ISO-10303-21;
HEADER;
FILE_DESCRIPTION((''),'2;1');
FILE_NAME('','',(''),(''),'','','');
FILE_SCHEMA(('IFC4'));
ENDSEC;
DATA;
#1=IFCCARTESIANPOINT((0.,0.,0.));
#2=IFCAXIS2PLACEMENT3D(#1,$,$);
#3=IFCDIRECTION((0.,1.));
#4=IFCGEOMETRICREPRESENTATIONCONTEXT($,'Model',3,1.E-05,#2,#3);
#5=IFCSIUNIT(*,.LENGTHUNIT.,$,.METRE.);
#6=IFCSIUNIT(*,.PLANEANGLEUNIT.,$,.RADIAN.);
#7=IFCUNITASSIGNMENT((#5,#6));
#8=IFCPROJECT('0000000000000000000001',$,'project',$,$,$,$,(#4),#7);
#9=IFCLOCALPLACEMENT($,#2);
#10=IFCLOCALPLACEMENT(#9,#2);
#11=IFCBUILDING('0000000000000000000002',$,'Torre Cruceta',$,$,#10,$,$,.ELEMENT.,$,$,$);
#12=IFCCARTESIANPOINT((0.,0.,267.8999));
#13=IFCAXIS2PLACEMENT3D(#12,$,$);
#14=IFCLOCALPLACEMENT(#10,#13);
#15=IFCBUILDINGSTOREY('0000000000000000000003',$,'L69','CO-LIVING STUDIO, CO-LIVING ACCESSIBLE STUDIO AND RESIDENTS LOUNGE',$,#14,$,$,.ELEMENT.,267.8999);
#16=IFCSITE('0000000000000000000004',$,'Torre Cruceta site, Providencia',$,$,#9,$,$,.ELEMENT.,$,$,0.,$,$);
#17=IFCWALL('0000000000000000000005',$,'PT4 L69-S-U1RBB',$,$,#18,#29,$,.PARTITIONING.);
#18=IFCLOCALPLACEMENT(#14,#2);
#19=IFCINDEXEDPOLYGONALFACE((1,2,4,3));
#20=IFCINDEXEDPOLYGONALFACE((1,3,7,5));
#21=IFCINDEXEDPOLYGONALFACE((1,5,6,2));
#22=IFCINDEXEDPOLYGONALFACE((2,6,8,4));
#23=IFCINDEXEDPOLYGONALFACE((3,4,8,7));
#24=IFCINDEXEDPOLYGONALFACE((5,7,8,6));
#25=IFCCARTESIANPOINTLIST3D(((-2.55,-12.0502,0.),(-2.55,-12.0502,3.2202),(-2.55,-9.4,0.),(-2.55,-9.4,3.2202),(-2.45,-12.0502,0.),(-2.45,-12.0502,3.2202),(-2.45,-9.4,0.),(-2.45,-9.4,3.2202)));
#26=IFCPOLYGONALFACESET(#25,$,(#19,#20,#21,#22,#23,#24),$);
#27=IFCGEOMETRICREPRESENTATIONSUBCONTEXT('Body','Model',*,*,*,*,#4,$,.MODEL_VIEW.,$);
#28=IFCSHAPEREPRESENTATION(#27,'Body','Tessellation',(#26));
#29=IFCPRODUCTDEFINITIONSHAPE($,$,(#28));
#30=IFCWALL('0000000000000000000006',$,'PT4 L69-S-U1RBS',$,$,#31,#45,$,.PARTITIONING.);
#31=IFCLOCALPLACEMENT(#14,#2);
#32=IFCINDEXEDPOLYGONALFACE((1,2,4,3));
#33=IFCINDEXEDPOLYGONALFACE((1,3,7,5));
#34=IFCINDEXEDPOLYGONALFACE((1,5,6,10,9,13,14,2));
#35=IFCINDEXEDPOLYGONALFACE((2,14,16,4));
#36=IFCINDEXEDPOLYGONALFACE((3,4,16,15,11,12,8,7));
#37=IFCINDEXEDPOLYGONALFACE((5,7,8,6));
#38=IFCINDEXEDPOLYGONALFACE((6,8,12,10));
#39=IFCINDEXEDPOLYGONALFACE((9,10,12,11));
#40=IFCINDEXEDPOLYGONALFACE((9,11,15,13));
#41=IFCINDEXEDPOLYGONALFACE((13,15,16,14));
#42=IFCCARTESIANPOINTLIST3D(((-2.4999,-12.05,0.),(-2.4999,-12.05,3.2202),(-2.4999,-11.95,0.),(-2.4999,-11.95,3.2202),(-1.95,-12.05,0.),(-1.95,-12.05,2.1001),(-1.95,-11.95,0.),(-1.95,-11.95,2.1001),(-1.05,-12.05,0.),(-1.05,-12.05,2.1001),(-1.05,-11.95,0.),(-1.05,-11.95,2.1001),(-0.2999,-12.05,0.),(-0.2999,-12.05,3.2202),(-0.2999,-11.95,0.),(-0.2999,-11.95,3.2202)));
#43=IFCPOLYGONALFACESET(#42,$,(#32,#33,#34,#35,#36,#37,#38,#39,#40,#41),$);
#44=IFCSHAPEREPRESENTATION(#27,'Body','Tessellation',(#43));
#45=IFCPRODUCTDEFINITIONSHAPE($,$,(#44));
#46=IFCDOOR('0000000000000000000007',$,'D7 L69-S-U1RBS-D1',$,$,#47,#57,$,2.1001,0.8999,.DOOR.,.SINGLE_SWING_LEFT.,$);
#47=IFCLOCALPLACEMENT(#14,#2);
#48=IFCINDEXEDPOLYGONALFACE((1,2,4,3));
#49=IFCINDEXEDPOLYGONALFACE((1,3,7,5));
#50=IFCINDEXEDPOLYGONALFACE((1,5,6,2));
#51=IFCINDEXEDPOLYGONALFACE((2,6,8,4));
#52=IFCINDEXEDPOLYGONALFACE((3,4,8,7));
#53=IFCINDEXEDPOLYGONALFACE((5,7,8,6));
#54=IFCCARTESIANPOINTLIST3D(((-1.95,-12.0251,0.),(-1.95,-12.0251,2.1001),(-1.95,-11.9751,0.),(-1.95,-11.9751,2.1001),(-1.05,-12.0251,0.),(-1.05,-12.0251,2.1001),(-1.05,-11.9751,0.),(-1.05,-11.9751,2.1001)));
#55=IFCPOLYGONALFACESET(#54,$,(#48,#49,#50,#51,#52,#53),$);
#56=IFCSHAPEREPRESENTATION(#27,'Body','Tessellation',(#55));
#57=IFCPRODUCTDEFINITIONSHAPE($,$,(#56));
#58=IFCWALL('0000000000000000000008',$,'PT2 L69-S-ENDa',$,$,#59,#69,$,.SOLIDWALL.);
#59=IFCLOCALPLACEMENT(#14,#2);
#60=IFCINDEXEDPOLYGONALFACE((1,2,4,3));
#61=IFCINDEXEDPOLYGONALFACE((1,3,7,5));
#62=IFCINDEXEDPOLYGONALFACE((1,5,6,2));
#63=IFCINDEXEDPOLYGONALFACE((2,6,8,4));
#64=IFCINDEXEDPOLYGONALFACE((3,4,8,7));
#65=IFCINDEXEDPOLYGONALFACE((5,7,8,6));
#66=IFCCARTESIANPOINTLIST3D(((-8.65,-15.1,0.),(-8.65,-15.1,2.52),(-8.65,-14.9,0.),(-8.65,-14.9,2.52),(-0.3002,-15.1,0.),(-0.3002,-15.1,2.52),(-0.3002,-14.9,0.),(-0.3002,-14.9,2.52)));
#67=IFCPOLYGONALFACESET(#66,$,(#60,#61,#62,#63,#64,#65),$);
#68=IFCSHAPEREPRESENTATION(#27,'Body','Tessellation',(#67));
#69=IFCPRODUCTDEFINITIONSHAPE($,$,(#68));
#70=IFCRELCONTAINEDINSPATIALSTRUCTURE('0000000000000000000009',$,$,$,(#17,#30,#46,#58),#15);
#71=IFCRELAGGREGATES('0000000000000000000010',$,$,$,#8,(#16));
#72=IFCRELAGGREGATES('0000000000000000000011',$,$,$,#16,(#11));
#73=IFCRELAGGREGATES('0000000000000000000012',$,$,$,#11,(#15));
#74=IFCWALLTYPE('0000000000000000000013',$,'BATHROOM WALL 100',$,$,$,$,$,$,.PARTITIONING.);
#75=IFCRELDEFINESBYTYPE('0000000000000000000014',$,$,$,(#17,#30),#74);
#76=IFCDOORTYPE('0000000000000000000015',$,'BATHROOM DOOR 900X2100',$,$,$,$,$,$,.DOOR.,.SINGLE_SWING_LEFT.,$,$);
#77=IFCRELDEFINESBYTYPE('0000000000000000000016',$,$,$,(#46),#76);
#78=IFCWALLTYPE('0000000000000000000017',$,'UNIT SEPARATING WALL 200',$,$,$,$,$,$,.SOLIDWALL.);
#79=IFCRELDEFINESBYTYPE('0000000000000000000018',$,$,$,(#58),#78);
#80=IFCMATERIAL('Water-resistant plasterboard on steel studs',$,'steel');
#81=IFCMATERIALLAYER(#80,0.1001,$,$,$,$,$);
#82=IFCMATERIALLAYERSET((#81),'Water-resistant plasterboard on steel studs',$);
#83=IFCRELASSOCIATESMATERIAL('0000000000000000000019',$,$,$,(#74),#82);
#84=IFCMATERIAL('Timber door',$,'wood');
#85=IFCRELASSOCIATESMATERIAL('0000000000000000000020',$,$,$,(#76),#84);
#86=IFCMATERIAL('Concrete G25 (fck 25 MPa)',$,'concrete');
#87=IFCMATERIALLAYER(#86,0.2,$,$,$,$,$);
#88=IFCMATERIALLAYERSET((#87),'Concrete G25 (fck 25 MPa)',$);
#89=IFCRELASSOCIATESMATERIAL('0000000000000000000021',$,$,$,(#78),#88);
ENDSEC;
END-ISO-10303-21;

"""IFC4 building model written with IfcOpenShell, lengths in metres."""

from ifc_helpers import new_model, si_unit, direction, frame, frame_2d, origin, place, context, subcontext, project, spatial, rectangle, extrude, material, layer, layer_set, type_object, element, fill, save


model = new_model("IFC4")

# Units and contexts
model_context = context("Model", 3, precision=1e-05, world=origin(), true_north=direction((0.0, 1.0)))
body_context = subcontext(model_context, "Body", "Model", "MODEL_VIEW")
ifc_project = project(units=[si_unit("LENGTHUNIT", "METRE"), si_unit("PLANEANGLEUNIT", "RADIAN")], contexts=[model_context])

# Site, building, storey
site_placement = place(None, origin())
site = spatial("IfcSite", under=ifc_project, at=site_placement, Name="Torre Cruceta site, Providencia", CompositionType="ELEMENT", RefElevation=0.0)
building_placement = place(site_placement, origin())
building = spatial("IfcBuilding", under=site, at=building_placement, Name="Torre Cruceta", CompositionType="ELEMENT")
storey_placement = place(building_placement, frame((0.0, 0.0, 267.8999)))
storey = spatial("IfcBuildingStorey", under=building, at=storey_placement, Name="L69", Description="CO-LIVING STUDIO, CO-LIVING ACCESSIBLE STUDIO AND RESIDENTS LOUNGE", CompositionType="ELEMENT", Elevation=267.8999)

# Wall
ifc_material_1 = material(Name="Water-resistant plasterboard on steel studs", Category="steel")
ifc_layer_1 = layer(ifc_material_1, 0.1001)
ifc_layer_set_1 = layer_set([ifc_layer_1], Name="Water-resistant plasterboard on steel studs")
wall_type_1 = type_object("IfcWallType", Name="BATHROOM WALL 100", PredefinedType="PARTITIONING", material=ifc_layer_set_1)
wall_1_placement = place(storey_placement, frame((-2.5, -9.3999, 0.0), z_axis=(0.0, 0.0, 1.0), x_axis=(0.0, -1.0, 0.0)))
element("IfcWall", 1, at=wall_1_placement, inside=storey, type_object=wall_type_1, Name="PT4 L69-S-U1RBB", PredefinedType="PARTITIONING", context=body_context, shape_type="SweptSolid", body=[
    extrude(rectangle(XDim=2.6501, YDim=0.1001, at=frame_2d((1.3252, 0.0))), origin(), (0.0, 0.0, 1.0), 3.2202),
])

# Wall, opening, door
wall_2_placement = place(storey_placement, frame((-2.5, -12.0, 0.0), z_axis=(0.0, 0.0, 1.0), x_axis=(1.0, 0.0, 0.0)))
wall_2 = element("IfcWall", 2, at=wall_2_placement, inside=storey, type_object=wall_type_1, Name="PT4 L69-S-U1RBS", PredefinedType="PARTITIONING", context=body_context, shape_type="SweptSolid", body=[
    extrude(rectangle(XDim=2.2, YDim=0.1001, at=frame_2d((1.1001, 0.0))), origin(), (0.0, 0.0, 1.0), 3.2202),
])
opening_placement = place(wall_2_placement, frame((0.55, 0.0, 0.0)))
opening = element("IfcOpeningElement", 3, at=opening_placement, cuts=wall_2, PredefinedType="OPENING", context=body_context, shape_type="SweptSolid", body=[
    extrude(rectangle(XDim=0.8999, YDim=2.1001, at=frame_2d((0.45, 1.05))), frame((0.0, 0.0601, 0.0), z_axis=(0.0, -1.0, 0.0), x_axis=(1.0, 0.0, 0.0)), (0.0, 0.0, 1.0), 0.1201),
])
ifc_material_2 = material(Name="Timber door", Category="wood")
door_type = type_object("IfcDoorType", Name="BATHROOM DOOR 900X2100", OperationType="SINGLE_SWING_LEFT", PredefinedType="DOOR", material=ifc_material_2)
door_placement = place(opening_placement, origin())
door = element("IfcDoor", 4, at=door_placement, inside=storey, type_object=door_type, Name="D7 L69-S-U1RBS-D1", OperationType="SINGLE_SWING_LEFT", OverallHeight=2.1001, OverallWidth=0.8999, PredefinedType="DOOR", context=body_context, shape_type="SweptSolid", body=[
    extrude(rectangle(XDim=0.8999, YDim=2.1001, at=frame_2d((0.45, 1.05))), frame((0.0, 0.0249, 0.0), z_axis=(0.0, -1.0, 0.0), x_axis=(1.0, 0.0, 0.0)), (0.0, 0.0, 1.0), 0.05),
])
fill(opening, door)

# Wall
ifc_material_3 = material(Name="Concrete G25 (fck 25 MPa)", Category="concrete")
ifc_layer_2 = layer(ifc_material_3, 0.2)
ifc_layer_set_2 = layer_set([ifc_layer_2], Name="Concrete G25 (fck 25 MPa)")
wall_type_2 = type_object("IfcWallType", Name="UNIT SEPARATING WALL 200", PredefinedType="SOLIDWALL", material=ifc_layer_set_2)
wall_3_placement = place(storey_placement, frame((-8.6499, -15.0, 0.0), z_axis=(0.0, 0.0, 1.0), x_axis=(1.0, 0.0, 0.0)))
element("IfcWall", 5, at=wall_3_placement, inside=storey, type_object=wall_type_2, Name="PT2 L69-S-ENDa", PredefinedType="SOLIDWALL", context=body_context, shape_type="SweptSolid", body=[
    extrude(rectangle(XDim=8.3499, YDim=0.2, at=frame_2d((4.1748, 0.0))), origin(), (0.0, 0.0, 1.0), 2.52),
])

save(model, "model.ifc")
